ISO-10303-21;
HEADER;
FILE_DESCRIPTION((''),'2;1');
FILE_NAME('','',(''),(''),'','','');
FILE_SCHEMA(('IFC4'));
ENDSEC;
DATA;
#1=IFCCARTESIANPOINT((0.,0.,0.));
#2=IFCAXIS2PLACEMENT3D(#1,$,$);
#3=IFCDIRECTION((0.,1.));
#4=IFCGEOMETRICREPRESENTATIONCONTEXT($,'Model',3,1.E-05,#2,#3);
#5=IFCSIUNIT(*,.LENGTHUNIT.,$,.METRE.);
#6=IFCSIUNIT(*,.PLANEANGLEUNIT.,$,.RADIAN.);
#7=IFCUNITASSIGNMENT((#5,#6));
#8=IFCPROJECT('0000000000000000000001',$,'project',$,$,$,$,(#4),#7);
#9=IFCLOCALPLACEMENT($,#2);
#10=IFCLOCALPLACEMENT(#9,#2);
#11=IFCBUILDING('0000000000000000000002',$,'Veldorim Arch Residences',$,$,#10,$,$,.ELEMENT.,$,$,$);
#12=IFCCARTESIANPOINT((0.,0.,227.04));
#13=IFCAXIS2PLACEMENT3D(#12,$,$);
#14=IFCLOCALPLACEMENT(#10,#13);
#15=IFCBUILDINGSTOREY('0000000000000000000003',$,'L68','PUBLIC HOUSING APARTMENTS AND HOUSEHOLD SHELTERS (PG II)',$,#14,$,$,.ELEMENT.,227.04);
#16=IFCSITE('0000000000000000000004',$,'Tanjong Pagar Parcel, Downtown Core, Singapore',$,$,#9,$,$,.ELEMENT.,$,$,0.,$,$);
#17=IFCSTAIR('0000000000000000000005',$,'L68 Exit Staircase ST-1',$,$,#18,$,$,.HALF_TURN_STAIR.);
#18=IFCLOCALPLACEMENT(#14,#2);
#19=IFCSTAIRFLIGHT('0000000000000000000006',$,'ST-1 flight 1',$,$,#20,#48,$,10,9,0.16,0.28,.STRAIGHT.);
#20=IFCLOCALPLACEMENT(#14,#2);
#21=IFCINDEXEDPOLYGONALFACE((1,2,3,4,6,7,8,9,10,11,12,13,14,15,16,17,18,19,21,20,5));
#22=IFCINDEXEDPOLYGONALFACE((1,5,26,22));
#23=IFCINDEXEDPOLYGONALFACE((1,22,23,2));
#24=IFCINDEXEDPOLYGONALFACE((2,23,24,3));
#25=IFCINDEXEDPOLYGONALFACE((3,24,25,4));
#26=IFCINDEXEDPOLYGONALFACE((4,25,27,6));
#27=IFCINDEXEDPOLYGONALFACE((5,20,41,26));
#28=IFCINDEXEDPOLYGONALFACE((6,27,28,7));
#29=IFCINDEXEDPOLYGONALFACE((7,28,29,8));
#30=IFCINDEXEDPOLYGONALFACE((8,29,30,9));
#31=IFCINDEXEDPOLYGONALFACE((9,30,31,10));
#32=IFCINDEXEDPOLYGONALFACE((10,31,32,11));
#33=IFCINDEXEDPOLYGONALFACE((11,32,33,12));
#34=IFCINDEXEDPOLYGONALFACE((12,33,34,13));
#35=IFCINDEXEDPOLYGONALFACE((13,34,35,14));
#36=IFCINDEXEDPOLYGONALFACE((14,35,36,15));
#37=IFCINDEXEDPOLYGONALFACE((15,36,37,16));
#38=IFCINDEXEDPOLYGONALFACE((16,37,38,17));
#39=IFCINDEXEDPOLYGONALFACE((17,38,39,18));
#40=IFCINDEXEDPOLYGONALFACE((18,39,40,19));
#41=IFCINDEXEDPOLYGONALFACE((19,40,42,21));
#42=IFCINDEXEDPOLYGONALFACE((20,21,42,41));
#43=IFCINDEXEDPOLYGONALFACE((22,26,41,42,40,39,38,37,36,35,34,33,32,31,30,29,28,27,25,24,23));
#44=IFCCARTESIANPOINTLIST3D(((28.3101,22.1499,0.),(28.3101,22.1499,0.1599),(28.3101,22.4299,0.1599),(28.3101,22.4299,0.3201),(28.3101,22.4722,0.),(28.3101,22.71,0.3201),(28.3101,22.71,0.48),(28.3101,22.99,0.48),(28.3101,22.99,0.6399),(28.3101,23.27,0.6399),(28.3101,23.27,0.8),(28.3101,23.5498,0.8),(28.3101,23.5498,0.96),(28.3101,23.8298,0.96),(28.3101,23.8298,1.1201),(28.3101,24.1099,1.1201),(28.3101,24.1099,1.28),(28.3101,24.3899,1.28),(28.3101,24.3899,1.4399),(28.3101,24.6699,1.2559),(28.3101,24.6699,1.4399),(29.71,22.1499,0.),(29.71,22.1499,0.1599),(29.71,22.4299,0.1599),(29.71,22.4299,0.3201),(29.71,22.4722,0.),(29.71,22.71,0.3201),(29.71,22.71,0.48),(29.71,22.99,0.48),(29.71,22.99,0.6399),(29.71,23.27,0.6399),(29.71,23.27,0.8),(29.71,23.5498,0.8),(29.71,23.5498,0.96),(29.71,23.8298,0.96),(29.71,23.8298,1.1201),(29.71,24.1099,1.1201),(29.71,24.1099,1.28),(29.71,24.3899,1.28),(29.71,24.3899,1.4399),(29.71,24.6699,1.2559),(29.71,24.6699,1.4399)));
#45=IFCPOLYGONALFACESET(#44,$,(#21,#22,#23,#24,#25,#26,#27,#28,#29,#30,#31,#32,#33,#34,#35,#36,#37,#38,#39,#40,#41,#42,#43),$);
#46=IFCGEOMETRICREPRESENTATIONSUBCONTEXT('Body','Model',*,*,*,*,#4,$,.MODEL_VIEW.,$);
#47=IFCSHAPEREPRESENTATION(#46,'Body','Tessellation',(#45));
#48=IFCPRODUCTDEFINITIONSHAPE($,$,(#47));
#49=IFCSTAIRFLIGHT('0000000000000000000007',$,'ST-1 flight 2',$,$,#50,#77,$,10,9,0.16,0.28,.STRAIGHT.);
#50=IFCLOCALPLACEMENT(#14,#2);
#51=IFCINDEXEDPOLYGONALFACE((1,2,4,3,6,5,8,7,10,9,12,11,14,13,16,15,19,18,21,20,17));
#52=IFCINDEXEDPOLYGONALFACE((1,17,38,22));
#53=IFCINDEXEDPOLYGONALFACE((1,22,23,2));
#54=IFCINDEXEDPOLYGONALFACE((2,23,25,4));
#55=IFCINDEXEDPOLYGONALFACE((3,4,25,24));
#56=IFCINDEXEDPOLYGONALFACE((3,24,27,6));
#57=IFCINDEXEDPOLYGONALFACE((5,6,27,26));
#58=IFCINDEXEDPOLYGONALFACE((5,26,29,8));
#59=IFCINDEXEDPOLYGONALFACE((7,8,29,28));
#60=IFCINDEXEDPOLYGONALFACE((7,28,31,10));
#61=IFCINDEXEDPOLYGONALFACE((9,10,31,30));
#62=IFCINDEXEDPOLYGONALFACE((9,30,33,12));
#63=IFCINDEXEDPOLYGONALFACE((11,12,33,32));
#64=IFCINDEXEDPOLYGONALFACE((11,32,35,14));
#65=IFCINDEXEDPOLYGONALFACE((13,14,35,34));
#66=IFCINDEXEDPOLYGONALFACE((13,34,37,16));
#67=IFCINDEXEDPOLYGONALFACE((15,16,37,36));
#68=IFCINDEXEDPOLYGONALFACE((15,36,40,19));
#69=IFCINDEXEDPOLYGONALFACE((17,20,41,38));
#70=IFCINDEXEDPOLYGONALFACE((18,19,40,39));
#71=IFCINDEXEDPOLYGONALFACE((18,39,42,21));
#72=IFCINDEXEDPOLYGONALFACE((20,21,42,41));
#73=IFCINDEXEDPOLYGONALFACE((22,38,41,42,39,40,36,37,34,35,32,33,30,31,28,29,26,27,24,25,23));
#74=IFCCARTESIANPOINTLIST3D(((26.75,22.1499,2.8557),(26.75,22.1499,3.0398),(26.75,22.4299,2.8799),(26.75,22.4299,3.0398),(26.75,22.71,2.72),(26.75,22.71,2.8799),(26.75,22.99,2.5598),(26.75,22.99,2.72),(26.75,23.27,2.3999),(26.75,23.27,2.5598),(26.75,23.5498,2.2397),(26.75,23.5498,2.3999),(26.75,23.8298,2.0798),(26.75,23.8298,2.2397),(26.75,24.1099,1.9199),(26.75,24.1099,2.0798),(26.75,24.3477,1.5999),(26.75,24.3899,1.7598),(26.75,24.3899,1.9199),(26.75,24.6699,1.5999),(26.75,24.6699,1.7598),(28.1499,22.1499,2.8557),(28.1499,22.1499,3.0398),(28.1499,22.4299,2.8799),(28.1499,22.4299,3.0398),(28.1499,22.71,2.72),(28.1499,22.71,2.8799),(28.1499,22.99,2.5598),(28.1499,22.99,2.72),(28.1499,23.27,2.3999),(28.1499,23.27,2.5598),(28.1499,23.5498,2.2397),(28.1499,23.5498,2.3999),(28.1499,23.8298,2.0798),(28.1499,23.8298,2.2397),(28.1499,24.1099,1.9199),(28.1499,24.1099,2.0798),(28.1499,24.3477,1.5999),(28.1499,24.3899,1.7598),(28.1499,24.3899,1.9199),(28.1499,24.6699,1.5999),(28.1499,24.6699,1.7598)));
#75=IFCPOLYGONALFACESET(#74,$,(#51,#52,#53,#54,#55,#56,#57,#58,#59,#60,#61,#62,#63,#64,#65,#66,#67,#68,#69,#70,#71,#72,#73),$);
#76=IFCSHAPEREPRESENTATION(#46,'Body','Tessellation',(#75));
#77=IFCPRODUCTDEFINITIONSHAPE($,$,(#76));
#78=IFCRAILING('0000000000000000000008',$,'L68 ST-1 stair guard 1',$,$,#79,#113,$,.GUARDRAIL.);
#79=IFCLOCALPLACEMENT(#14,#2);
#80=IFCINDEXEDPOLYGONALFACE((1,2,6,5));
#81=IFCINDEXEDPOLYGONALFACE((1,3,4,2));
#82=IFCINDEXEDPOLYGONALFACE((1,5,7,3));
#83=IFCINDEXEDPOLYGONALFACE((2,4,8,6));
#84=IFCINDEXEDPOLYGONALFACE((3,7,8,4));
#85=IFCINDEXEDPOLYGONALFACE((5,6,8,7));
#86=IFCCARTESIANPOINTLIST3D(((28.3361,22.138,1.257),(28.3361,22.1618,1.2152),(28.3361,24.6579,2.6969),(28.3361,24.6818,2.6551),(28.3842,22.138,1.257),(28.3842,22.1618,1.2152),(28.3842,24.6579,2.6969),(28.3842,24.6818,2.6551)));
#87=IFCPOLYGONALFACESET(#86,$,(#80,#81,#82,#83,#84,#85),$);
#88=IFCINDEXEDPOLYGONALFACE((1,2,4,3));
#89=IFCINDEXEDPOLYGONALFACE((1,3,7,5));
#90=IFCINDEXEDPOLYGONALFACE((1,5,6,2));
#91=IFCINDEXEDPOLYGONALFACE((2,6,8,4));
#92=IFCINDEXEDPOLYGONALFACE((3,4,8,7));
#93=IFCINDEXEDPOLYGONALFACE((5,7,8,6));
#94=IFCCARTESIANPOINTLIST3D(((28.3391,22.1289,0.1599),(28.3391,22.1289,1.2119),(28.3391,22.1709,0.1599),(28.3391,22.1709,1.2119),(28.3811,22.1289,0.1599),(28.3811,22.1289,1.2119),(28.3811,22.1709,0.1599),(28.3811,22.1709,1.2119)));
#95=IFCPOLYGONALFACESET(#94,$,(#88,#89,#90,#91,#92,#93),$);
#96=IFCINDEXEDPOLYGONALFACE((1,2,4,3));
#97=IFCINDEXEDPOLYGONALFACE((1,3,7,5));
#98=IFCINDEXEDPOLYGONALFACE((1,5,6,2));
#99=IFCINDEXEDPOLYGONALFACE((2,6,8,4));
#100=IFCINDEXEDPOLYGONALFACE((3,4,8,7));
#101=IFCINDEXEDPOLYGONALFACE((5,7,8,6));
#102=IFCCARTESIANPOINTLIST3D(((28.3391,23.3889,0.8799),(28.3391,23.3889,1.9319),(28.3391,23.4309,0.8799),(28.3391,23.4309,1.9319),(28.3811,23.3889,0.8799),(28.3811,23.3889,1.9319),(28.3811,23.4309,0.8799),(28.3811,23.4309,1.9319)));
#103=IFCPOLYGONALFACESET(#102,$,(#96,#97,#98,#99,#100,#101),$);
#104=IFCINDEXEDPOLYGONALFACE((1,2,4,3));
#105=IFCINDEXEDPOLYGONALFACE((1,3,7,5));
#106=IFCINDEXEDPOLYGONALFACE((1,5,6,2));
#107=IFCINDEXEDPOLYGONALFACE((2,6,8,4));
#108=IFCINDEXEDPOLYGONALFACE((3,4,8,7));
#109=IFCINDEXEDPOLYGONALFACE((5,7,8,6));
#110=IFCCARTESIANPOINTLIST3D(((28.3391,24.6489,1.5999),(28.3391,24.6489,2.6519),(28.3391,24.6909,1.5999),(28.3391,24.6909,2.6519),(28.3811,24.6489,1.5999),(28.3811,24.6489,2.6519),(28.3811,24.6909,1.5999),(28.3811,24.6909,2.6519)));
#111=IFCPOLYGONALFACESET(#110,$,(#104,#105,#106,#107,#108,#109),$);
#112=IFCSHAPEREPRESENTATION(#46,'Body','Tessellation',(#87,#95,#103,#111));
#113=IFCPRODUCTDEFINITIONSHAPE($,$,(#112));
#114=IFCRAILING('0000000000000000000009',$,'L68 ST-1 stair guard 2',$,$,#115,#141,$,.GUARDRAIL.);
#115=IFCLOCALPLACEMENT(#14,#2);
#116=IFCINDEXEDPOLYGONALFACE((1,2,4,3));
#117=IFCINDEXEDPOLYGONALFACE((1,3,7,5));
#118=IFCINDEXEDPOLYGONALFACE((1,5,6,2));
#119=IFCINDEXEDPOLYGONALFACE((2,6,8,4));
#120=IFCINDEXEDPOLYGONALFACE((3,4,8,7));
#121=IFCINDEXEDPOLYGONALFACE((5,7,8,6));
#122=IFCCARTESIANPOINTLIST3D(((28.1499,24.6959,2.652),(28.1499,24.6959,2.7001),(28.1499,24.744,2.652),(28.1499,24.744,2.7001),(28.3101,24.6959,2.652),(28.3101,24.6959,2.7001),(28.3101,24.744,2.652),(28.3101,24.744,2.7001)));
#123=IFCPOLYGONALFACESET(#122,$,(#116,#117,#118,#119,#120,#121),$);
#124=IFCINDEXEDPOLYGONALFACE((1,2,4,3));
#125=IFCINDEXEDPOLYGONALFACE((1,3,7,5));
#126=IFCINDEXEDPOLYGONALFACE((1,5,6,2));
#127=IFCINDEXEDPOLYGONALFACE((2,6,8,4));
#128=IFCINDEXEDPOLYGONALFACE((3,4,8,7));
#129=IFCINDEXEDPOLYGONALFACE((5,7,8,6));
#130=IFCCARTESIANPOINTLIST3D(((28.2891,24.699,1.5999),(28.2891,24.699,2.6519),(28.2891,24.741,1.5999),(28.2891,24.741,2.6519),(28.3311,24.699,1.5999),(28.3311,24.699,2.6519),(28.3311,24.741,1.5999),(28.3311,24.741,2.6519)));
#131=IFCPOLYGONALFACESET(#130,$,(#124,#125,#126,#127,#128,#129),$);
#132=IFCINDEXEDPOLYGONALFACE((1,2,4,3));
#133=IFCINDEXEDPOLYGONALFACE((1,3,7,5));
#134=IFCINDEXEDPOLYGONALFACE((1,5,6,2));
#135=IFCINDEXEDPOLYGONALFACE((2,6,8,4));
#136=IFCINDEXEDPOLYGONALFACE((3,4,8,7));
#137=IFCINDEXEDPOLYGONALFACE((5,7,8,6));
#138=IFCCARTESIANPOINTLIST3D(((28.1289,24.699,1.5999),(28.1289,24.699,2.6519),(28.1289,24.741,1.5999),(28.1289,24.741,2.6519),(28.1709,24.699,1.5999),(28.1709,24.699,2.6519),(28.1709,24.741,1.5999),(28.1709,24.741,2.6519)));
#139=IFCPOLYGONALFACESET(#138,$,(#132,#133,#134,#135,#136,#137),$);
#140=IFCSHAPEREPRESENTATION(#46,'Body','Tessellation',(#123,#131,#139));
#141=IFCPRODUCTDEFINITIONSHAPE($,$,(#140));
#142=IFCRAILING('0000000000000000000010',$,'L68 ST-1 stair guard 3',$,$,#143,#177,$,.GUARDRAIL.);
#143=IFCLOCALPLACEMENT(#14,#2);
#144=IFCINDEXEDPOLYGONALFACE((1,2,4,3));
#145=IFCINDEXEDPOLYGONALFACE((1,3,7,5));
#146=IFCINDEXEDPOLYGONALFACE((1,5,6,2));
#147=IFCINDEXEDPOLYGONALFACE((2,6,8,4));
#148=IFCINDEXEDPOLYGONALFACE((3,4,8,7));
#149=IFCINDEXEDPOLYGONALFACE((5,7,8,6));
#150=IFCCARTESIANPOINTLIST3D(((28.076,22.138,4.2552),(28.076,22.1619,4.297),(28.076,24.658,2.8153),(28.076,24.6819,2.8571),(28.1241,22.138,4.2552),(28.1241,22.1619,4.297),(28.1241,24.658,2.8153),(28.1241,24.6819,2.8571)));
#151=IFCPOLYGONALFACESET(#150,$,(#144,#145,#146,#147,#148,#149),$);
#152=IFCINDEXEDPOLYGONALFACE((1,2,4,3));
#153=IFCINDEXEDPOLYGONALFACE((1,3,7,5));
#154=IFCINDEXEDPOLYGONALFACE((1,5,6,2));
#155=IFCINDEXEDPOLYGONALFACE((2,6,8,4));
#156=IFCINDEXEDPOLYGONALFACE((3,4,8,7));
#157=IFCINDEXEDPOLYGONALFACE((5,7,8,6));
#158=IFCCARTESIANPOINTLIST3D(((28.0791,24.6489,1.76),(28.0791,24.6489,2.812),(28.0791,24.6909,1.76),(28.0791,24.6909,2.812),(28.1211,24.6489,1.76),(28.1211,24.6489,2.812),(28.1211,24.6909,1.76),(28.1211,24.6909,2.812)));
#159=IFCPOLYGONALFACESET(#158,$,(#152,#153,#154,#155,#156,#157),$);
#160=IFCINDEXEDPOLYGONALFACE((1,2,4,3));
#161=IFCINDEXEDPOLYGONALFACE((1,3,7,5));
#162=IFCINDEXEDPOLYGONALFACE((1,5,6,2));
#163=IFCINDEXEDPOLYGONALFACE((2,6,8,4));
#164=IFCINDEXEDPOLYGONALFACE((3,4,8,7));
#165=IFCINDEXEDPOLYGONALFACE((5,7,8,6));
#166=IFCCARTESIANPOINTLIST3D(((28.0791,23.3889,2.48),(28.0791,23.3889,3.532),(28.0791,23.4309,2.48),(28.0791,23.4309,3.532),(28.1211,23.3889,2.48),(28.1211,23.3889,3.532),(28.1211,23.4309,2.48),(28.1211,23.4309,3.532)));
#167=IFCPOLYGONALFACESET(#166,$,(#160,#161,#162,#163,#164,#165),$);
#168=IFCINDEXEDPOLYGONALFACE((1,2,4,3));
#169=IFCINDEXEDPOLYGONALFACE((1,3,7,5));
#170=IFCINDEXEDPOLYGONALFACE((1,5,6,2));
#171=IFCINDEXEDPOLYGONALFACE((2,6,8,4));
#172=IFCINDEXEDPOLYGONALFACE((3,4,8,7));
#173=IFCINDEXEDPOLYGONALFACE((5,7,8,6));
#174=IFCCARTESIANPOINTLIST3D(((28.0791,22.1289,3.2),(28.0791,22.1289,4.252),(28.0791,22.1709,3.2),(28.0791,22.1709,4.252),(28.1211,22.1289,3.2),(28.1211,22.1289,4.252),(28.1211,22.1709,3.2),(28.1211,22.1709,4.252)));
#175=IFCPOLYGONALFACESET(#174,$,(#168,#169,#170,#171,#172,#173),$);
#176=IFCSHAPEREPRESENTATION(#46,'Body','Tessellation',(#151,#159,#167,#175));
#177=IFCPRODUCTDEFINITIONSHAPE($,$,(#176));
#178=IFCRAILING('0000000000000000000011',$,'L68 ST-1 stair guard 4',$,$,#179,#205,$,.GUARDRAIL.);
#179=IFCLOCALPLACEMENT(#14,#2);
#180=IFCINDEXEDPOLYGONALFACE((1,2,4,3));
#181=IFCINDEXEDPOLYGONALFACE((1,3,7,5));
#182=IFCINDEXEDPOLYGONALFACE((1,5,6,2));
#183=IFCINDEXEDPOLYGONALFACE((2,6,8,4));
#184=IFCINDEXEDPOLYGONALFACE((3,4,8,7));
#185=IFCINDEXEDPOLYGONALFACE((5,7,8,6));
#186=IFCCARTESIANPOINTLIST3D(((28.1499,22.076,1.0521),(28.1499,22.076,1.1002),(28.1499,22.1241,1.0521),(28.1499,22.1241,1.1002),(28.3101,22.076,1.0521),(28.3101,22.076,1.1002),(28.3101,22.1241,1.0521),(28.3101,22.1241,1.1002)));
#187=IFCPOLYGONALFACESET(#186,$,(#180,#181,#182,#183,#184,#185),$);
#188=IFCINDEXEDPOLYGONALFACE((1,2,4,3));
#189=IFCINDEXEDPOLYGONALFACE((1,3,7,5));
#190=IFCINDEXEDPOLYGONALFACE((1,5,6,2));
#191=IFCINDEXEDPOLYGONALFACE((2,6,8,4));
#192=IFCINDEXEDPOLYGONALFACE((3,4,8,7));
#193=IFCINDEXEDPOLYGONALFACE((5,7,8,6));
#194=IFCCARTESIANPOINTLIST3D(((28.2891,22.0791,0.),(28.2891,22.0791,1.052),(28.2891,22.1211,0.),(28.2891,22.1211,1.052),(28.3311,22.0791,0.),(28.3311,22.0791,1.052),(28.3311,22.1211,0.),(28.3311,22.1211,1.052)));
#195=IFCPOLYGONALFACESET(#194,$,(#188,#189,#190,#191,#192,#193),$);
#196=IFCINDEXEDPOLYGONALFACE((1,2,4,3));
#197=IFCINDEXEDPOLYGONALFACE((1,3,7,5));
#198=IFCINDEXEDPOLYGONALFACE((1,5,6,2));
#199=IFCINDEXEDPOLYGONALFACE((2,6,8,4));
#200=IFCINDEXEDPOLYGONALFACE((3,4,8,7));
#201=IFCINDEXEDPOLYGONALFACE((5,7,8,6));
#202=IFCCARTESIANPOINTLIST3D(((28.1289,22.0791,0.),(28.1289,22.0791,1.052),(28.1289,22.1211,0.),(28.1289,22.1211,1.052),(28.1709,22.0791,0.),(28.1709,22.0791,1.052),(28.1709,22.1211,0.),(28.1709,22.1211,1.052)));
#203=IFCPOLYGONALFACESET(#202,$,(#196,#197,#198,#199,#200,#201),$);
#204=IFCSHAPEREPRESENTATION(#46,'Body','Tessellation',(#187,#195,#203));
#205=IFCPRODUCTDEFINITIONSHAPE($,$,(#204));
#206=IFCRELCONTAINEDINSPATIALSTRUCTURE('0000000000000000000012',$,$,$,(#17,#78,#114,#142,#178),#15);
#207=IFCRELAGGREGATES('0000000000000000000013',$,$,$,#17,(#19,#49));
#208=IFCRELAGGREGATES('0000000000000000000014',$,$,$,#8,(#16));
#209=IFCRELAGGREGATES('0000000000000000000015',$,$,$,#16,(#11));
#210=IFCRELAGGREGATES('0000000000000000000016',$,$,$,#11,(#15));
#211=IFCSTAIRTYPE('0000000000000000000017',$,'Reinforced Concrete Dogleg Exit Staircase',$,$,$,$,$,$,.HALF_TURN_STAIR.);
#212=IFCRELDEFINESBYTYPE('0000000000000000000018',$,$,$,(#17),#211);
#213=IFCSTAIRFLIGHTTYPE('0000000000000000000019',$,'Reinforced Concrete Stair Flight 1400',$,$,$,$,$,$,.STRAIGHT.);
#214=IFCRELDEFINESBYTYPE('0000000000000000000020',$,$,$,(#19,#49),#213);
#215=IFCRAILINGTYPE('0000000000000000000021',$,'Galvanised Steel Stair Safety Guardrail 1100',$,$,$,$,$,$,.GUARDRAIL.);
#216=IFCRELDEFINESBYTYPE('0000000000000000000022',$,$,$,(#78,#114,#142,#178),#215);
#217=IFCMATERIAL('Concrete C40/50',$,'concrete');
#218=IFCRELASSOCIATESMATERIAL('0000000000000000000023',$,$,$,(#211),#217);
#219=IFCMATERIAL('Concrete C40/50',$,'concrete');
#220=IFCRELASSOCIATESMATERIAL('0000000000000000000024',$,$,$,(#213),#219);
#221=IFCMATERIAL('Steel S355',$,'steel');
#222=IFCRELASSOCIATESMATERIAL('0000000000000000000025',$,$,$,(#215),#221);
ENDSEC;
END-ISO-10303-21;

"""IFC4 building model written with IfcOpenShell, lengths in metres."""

from ifc_helpers import new_model, si_unit, direction, frame, origin, origin_2d, place, context, subcontext, project, spatial, polyline, rectangle, outline, extrude, material, type_object, element, aggregate, save


model = new_model("IFC4")

# Units and contexts
model_context = context("Model", 3, precision=1e-05, world=origin(), true_north=direction((0.0, 1.0)))
body_context = subcontext(model_context, "Body", "Model", "MODEL_VIEW")
ifc_project = project(units=[si_unit("LENGTHUNIT", "METRE"), si_unit("PLANEANGLEUNIT", "RADIAN")], contexts=[model_context])

# Site, building, storey
site_placement = place(None, origin())
site = spatial("IfcSite", under=ifc_project, at=site_placement, Name="Tanjong Pagar Parcel, Downtown Core, Singapore", CompositionType="ELEMENT", RefElevation=0.0)
building_placement = place(site_placement, origin())
building = spatial("IfcBuilding", under=site, at=building_placement, Name="Veldorim Arch Residences", CompositionType="ELEMENT")
storey_placement = place(building_placement, frame((0.0, 0.0, 227.04)))
storey = spatial("IfcBuildingStorey", under=building, at=storey_placement, Name="L68", Description="PUBLIC HOUSING APARTMENTS AND HOUSEHOLD SHELTERS (PG II)", CompositionType="ELEMENT", Elevation=227.04)

# Stair, stair flights
ifc_material_1 = material(Name="Concrete C40/50", Category="concrete")
stair_type = type_object("IfcStairType", Name="Reinforced Concrete Dogleg Exit Staircase", PredefinedType="HALF_TURN_STAIR", material=ifc_material_1)
stair_placement = place(storey_placement, origin())
stair = element("IfcStair", 1, at=stair_placement, inside=storey, type_object=stair_type, Name="L68 Exit Staircase ST-1", PredefinedType="HALF_TURN_STAIR")
ifc_material_2 = material(Name="Concrete C40/50", Category="concrete")
stair_flight_type = type_object("IfcStairFlightType", Name="Reinforced Concrete Stair Flight 1400", PredefinedType="STRAIGHT", material=ifc_material_2)
stair_flight_1_placement = place(storey_placement, frame((29.01, 22.1499, 0.0), z_axis=(0.0, 0.0, 1.0), x_axis=(0.0, 1.0, 0.0)))
stair_flight_1 = element("IfcStairFlight", 2, at=stair_flight_1_placement, type_object=stair_flight_type, Name="ST-1 flight 1", NumberOfRisers=10, NumberOfTreads=9, PredefinedType="STRAIGHT", RiserHeight=0.16, TreadLength=0.28, context=body_context, shape_type="SweptSolid", body=[
    extrude(outline(polyline([(0.0, 0.0), (0.0, 0.1599), (0.28, 0.1599), (0.28, 0.3201), (0.5601, 0.3201), (0.5601, 0.48), (0.8401, 0.48), (0.8401, 0.6399), (1.1201, 0.6399), (1.1201, 0.8), (1.3999, 0.8), (1.3999, 0.96), (1.6799, 0.96), (1.6799, 1.1201), (1.96, 1.1201), (1.96, 1.28), (2.24, 1.28), (2.24, 1.4399), (2.52, 1.4399), (2.52, 1.6001), (2.52, 1.2559), (0.3223, 0.0), (0.0, 0.0)])), frame((0.0, 0.7, 0.0), z_axis=(0.0, -1.0, 0.0), x_axis=(1.0, 0.0, 0.0)), (0.0, 0.0, 1.0), 1.3999),
])
stair_flight_2_placement = place(storey_placement, frame((27.45, 24.6699, 1.5999), z_axis=(0.0, 0.0, 1.0), x_axis=(0.0, -1.0, 0.0)))
stair_flight_2 = element("IfcStairFlight", 3, at=stair_flight_2_placement, type_object=stair_flight_type, Name="ST-1 flight 2", NumberOfRisers=10, NumberOfTreads=9, PredefinedType="STRAIGHT", RiserHeight=0.16, TreadLength=0.28, context=body_context, shape_type="SweptSolid", body=[
    extrude(outline(polyline([(0.0, 0.0), (0.0, 0.1599), (0.28, 0.1599), (0.28, 0.3201), (0.5601, 0.3201), (0.5601, 0.48), (0.8401, 0.48), (0.8401, 0.6399), (1.1201, 0.6399), (1.1201, 0.8), (1.3999, 0.8), (1.3999, 0.96), (1.6799, 0.96), (1.6799, 1.1201), (1.96, 1.1201), (1.96, 1.28), (2.24, 1.28), (2.24, 1.4399), (2.52, 1.4399), (2.52, 1.6001), (2.52, 1.2559), (0.3223, 0.0), (0.0, 0.0)])), frame((0.0, 0.7, 0.0), z_axis=(0.0, -1.0, 0.0), x_axis=(1.0, 0.0, 0.0)), (0.0, 0.0, 1.0), 1.3999),
])
aggregate(stair, [stair_flight_1, stair_flight_2])

# Railings
ifc_material_3 = material(Name="Steel S355", Category="steel")
railing_type_1 = type_object("IfcRailingType", Name="Galvanised Steel Stair Safety Guardrail 1100", PredefinedType="GUARDRAIL", material=ifc_material_3)
railing_1_placement = place(storey_placement, frame((28.3601, 22.1499, 0.1599)))
element("IfcRailing", 4, at=railing_1_placement, inside=storey, type_object=railing_type_1, Name="L68 ST-1 stair guard 1", PredefinedType="GUARDRAIL", context=body_context, shape_type="SweptSolid", body=[
    extrude(rectangle(XDim=0.0481, YDim=0.0481, at=origin_2d()), frame((0.0, 0.0, 1.0762), z_axis=(0.0, 0.868253, 0.496121), x_axis=(-1.0, 0.0, 0.0)), (0.0, 0.0, 1.0), 2.9023),
    extrude(rectangle(XDim=0.042, YDim=0.042, at=origin_2d()), origin(), (0.0, 0.0, 1.0), 1.052),
    extrude(rectangle(XDim=0.042, YDim=0.042, at=origin_2d()), frame((0.0, 1.26, 0.72)), (0.0, 0.0, 1.0), 1.052),
    extrude(rectangle(XDim=0.042, YDim=0.042, at=origin_2d()), frame((0.0, 2.52, 1.4399)), (0.0, 0.0, 1.0), 1.052),
])
railing_2_placement = place(storey_placement, frame((28.3101, 24.72, 1.5999)))
element("IfcRailing", 5, at=railing_2_placement, inside=storey, type_object=railing_type_1, Name="L68 ST-1 stair guard 2", PredefinedType="GUARDRAIL", context=body_context, shape_type="SweptSolid", body=[
    extrude(rectangle(XDim=0.0481, YDim=0.0481, at=origin_2d()), frame((0.0, 0.0, 1.0762), z_axis=(-1.0, 0.0, 0.0), x_axis=(0.0, -1.0, 0.0)), (0.0, 0.0, 1.0), 0.1602),
    extrude(rectangle(XDim=0.042, YDim=0.042, at=origin_2d()), origin(), (0.0, 0.0, 1.0), 1.052),
    extrude(rectangle(XDim=0.042, YDim=0.042, at=origin_2d()), frame((-0.1602, 0.0, 0.0)), (0.0, 0.0, 1.0), 1.052),
])
railing_3_placement = place(storey_placement, frame((28.1001, 24.6699, 1.76)))
element("IfcRailing", 6, at=railing_3_placement, inside=storey, type_object=railing_type_1, Name="L68 ST-1 stair guard 3", PredefinedType="GUARDRAIL", context=body_context, shape_type="SweptSolid", body=[
    extrude(rectangle(XDim=0.0481, YDim=0.0481, at=origin_2d()), frame((0.0, 0.0, 1.0762), z_axis=(0.0, -0.868253, 0.496121), x_axis=(1.0, 0.0, 0.0)), (0.0, 0.0, 1.0), 2.9023),
    extrude(rectangle(XDim=0.042, YDim=0.042, at=origin_2d()), origin(), (0.0, 0.0, 1.0), 1.052),
    extrude(rectangle(XDim=0.042, YDim=0.042, at=origin_2d()), frame((0.0, -1.26, 0.72)), (0.0, 0.0, 1.0), 1.052),
    extrude(rectangle(XDim=0.042, YDim=0.042, at=origin_2d()), frame((0.0, -2.52, 1.4399)), (0.0, 0.0, 1.0), 1.052),
])
railing_4_placement = place(storey_placement, frame((28.3101, 22.1001, 0.0)))
element("IfcRailing", 7, at=railing_4_placement, inside=storey, type_object=railing_type_1, Name="L68 ST-1 stair guard 4", PredefinedType="GUARDRAIL", context=body_context, shape_type="SweptSolid", body=[
    extrude(rectangle(XDim=0.0481, YDim=0.0481, at=origin_2d()), frame((0.0, 0.0, 1.0762), z_axis=(-1.0, 0.0, 0.0), x_axis=(0.0, -1.0, 0.0)), (0.0, 0.0, 1.0), 0.1602),
    extrude(rectangle(XDim=0.042, YDim=0.042, at=origin_2d()), origin(), (0.0, 0.0, 1.0), 1.052),
    extrude(rectangle(XDim=0.042, YDim=0.042, at=origin_2d()), frame((-0.1602, 0.0, 0.0)), (0.0, 0.0, 1.0), 1.052),
])

save(model, "model.ifc")
